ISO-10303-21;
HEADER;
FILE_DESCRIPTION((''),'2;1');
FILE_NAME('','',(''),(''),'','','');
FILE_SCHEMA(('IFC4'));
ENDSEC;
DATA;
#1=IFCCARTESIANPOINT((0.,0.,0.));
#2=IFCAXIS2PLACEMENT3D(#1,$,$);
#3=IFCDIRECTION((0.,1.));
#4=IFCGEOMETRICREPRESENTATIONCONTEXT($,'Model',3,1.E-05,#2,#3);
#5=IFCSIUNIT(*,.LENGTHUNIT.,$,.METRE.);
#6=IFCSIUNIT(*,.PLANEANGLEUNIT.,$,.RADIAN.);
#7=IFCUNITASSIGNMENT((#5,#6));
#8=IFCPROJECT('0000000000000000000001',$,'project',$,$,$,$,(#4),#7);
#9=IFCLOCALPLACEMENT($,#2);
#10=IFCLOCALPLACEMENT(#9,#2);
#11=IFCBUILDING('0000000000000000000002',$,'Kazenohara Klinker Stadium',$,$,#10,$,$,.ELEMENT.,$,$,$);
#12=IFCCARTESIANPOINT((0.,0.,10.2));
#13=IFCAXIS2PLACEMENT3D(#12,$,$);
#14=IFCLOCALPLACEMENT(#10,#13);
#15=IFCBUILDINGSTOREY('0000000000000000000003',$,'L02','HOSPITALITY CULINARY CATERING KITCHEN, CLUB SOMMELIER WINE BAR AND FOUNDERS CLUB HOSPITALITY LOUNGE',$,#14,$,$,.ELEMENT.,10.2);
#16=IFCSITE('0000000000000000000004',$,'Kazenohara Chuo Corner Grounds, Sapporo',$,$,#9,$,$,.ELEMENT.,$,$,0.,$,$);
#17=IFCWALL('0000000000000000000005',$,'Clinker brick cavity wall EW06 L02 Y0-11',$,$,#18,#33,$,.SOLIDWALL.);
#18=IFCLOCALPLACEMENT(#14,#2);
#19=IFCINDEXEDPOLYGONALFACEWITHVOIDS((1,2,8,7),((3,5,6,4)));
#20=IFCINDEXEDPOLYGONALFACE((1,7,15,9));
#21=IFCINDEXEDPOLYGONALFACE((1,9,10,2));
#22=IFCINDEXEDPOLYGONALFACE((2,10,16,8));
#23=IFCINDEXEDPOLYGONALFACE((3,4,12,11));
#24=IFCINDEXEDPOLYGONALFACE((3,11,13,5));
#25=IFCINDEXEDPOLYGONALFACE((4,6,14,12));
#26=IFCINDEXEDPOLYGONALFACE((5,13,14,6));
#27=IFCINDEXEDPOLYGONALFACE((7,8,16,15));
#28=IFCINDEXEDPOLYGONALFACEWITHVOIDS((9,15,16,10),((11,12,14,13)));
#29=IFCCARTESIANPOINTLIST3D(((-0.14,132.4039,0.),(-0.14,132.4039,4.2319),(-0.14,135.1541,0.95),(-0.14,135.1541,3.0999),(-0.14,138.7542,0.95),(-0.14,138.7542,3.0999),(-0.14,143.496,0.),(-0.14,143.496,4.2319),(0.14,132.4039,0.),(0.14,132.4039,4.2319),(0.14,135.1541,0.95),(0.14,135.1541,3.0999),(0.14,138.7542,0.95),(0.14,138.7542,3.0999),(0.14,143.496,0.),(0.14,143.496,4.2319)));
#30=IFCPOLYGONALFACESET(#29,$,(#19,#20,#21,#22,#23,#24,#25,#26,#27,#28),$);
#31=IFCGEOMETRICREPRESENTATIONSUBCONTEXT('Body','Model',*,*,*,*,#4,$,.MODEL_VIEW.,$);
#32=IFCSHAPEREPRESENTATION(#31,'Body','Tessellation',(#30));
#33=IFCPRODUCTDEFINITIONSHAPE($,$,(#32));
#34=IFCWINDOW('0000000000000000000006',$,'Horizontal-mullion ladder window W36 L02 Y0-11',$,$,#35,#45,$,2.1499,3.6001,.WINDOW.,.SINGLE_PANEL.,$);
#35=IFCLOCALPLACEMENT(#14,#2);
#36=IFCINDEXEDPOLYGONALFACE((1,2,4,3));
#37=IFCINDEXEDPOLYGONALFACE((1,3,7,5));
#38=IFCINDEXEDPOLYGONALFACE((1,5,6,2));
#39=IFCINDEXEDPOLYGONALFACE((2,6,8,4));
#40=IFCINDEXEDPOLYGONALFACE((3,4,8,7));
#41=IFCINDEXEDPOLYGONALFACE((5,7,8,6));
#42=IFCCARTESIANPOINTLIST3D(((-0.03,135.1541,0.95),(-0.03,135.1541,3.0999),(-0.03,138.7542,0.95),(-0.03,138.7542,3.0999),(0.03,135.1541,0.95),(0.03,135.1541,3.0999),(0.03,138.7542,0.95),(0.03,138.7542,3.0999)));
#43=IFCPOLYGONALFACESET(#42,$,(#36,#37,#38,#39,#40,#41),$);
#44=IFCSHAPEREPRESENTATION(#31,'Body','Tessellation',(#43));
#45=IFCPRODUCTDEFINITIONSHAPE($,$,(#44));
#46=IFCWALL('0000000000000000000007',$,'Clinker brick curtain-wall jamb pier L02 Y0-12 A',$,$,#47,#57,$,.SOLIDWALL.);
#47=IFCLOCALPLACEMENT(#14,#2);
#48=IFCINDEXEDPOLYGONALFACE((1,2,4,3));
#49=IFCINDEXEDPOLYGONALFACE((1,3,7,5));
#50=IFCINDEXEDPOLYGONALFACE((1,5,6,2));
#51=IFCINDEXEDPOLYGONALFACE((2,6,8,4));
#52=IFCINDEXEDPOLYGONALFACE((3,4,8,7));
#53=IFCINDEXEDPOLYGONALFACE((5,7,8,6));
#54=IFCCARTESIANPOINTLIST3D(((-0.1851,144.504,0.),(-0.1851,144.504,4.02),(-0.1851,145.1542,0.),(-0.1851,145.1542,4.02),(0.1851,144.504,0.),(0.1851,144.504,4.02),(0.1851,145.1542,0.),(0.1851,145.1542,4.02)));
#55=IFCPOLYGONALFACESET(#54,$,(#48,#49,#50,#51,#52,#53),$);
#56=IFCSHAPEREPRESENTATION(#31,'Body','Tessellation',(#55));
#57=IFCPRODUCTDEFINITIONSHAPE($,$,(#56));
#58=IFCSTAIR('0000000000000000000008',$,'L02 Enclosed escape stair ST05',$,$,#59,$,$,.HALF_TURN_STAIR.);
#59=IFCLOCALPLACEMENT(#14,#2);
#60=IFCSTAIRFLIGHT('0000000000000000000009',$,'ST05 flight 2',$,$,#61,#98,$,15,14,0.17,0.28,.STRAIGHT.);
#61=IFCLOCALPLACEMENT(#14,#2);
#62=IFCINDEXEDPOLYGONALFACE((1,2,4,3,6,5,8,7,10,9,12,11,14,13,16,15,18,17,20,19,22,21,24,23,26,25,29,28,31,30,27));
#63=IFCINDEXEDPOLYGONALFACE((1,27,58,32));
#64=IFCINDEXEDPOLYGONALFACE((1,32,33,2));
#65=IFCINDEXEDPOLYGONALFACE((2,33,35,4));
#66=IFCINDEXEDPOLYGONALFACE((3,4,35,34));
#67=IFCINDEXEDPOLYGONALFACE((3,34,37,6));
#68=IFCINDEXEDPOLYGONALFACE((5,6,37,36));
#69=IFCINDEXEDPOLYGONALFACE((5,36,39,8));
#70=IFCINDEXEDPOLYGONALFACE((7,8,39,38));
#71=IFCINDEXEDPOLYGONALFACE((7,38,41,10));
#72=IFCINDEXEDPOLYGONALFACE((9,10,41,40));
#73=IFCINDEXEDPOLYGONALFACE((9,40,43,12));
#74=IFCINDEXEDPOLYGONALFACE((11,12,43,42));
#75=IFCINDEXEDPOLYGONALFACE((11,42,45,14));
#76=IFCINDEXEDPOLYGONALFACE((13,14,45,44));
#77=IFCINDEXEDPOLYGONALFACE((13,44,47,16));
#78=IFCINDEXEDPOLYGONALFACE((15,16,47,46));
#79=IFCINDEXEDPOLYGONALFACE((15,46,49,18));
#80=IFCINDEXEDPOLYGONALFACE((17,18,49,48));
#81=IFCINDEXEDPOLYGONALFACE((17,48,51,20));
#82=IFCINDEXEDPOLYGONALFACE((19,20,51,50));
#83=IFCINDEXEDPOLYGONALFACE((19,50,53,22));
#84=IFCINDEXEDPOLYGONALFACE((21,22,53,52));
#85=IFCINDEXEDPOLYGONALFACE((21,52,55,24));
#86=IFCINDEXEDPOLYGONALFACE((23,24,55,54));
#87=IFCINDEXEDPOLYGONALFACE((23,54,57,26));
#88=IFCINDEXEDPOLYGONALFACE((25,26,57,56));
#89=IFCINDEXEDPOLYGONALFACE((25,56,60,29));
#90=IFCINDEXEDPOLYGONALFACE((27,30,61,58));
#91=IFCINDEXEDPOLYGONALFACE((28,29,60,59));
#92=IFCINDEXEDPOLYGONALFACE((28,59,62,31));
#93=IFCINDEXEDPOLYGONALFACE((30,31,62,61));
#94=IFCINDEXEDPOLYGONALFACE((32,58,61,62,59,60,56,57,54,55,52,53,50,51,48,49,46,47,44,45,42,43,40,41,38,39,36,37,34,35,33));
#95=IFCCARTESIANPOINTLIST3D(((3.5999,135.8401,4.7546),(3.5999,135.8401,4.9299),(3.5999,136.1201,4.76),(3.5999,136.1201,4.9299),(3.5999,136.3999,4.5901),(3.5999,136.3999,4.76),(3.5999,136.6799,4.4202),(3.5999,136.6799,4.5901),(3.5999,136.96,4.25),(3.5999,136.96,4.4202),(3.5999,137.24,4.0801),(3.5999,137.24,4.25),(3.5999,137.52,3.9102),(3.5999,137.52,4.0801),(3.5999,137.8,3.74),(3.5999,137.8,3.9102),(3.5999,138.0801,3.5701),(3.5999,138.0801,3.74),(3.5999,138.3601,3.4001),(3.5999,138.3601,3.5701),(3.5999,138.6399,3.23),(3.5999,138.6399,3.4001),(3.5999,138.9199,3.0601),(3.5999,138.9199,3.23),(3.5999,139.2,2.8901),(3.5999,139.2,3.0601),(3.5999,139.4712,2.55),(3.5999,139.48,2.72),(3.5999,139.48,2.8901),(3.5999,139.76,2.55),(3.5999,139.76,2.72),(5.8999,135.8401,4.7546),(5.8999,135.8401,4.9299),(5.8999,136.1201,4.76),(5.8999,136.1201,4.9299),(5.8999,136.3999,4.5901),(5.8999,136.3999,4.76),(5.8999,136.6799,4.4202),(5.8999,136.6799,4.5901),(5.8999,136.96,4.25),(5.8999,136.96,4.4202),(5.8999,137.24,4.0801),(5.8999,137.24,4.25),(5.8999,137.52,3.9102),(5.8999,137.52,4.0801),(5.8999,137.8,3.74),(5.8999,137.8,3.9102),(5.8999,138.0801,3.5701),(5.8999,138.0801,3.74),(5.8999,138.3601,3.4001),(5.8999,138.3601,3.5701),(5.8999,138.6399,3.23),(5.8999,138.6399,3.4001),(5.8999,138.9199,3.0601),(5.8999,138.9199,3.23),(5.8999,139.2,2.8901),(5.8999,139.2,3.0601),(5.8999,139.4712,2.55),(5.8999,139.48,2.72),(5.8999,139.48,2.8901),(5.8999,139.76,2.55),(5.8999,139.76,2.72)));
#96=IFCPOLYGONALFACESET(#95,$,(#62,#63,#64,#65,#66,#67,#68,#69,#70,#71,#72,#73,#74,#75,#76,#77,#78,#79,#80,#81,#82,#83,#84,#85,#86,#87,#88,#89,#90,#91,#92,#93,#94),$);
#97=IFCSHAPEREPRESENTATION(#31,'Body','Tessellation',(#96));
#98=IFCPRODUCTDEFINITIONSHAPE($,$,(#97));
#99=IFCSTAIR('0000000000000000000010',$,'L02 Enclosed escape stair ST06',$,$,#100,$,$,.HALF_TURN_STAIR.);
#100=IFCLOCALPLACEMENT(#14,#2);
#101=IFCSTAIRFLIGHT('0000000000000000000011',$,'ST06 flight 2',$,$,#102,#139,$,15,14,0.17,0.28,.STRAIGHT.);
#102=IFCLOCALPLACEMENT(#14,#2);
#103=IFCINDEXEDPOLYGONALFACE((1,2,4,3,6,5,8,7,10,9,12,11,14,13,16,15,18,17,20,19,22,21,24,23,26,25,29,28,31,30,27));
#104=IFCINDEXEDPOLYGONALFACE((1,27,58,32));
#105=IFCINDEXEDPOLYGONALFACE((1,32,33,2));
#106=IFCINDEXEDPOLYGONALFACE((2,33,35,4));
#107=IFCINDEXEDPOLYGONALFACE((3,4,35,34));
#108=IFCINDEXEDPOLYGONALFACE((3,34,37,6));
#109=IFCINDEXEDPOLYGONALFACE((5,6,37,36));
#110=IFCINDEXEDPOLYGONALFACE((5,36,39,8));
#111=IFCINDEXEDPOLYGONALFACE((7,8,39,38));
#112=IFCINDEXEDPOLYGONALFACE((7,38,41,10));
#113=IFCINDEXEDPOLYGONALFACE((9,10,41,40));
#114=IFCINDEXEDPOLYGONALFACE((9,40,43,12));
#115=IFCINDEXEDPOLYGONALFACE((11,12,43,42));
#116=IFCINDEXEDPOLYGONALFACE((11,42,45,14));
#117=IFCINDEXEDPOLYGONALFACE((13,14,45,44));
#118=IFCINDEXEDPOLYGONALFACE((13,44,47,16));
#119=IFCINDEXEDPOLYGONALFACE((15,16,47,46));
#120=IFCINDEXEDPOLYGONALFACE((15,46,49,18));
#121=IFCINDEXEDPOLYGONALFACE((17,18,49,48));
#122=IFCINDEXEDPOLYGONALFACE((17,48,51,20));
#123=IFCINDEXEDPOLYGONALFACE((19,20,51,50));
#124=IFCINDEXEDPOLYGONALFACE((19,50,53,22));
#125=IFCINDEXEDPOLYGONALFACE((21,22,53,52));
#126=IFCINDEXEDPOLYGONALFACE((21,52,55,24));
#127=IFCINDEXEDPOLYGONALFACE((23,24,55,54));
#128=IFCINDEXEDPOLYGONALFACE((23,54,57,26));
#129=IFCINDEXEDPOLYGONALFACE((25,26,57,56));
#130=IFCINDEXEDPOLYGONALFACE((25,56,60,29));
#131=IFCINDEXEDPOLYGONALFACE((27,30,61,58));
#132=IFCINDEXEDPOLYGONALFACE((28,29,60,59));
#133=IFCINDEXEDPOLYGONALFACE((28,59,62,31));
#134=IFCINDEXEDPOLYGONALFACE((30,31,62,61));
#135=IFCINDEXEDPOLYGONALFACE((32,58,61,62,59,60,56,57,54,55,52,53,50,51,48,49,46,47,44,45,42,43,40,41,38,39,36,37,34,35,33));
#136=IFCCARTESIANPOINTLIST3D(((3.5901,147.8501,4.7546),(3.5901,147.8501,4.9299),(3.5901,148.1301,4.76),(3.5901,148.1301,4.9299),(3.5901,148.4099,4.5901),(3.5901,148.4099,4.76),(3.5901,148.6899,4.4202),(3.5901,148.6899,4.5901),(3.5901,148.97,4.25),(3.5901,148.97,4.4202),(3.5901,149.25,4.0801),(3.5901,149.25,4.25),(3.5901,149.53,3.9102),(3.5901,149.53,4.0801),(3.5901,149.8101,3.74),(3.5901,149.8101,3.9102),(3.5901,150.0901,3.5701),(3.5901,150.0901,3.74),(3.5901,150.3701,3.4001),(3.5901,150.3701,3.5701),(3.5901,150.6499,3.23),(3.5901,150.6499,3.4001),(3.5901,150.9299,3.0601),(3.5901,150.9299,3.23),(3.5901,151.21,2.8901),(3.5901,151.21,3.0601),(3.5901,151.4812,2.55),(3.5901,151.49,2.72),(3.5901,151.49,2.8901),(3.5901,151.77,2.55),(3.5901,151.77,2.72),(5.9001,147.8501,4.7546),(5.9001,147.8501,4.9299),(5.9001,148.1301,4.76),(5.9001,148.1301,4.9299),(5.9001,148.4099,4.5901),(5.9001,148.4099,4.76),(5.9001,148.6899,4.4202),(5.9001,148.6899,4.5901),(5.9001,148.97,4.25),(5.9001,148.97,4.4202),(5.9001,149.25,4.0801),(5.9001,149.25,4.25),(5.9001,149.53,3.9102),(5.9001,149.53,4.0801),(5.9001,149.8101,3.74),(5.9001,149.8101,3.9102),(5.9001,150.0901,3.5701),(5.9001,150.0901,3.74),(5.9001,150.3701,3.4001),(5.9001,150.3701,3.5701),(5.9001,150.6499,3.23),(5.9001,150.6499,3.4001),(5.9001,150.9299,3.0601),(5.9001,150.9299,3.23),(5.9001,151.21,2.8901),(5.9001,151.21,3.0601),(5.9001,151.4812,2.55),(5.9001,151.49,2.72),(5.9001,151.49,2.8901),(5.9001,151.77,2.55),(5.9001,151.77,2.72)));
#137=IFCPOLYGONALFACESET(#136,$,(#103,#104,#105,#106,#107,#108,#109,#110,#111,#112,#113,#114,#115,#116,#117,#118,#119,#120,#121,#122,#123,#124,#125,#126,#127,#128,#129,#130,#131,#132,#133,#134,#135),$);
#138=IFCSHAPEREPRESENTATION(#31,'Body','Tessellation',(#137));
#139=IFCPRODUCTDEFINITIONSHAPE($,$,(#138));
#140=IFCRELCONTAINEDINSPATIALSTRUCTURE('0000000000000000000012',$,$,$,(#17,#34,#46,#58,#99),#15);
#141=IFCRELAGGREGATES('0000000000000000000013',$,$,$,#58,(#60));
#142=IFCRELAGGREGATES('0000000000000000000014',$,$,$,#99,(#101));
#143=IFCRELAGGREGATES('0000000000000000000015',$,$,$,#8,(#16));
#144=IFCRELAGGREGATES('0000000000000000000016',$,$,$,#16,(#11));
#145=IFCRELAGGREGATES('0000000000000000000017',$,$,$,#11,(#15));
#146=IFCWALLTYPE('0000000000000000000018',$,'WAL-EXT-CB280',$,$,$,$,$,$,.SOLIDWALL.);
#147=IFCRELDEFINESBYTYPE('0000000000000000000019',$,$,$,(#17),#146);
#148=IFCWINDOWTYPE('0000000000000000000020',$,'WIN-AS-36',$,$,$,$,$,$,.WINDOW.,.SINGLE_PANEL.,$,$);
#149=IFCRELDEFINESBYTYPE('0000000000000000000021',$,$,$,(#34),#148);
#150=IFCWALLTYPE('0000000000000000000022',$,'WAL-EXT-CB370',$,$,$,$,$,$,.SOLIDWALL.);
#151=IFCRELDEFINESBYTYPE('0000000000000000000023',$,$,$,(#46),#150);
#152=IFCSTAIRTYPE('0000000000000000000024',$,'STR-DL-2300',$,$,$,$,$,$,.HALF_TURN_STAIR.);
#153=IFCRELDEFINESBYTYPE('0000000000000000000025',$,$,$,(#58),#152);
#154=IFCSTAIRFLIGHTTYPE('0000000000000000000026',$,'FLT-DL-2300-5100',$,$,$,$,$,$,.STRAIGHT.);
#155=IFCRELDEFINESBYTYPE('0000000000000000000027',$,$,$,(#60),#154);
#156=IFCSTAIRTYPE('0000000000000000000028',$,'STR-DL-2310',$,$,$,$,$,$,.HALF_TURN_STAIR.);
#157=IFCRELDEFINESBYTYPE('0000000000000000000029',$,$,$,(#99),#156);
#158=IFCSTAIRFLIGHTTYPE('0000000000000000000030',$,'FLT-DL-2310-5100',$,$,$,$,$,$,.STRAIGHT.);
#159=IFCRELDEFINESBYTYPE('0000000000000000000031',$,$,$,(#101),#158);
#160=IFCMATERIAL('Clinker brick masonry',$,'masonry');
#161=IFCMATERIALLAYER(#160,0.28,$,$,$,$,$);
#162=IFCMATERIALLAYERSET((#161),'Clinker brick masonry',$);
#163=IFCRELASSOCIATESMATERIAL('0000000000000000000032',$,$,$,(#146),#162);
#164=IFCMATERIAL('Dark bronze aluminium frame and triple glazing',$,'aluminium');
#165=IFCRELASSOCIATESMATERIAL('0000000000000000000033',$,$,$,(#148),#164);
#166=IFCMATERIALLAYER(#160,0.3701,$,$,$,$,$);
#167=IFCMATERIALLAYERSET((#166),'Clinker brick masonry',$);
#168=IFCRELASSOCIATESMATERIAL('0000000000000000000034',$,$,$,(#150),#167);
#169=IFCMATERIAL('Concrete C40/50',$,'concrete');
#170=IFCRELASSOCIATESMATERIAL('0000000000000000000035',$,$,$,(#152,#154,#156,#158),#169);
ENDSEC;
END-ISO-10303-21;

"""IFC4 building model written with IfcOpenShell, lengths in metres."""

from ifc_helpers import new_model, si_unit, direction, frame, frame_2d, origin, place, context, subcontext, project, spatial, polyline, rectangle, outline, extrude, material, layer, layer_set, type_object, element, fill, aggregate, save


model = new_model("IFC4")

# Units and contexts
model_context = context("Model", 3, precision=1e-05, world=origin(), true_north=direction((0.0, 1.0)))
body_context = subcontext(model_context, "Body", "Model", "MODEL_VIEW")
ifc_project = project(units=[si_unit("LENGTHUNIT", "METRE"), si_unit("PLANEANGLEUNIT", "RADIAN")], contexts=[model_context])

# Site, building, storey
site_placement = place(None, origin())
site = spatial("IfcSite", under=ifc_project, at=site_placement, Name="Kazenohara Chuo Corner Grounds, Sapporo", CompositionType="ELEMENT", RefElevation=0.0)
building_placement = place(site_placement, origin())
building = spatial("IfcBuilding", under=site, at=building_placement, Name="Kazenohara Klinker Stadium", CompositionType="ELEMENT")
storey_placement = place(building_placement, frame((0.0, 0.0, 10.2)))
storey = spatial("IfcBuildingStorey", under=building, at=storey_placement, Name="L02", Description="HOSPITALITY CULINARY CATERING KITCHEN, CLUB SOMMELIER WINE BAR AND FOUNDERS CLUB HOSPITALITY LOUNGE", CompositionType="ELEMENT", Elevation=10.2)

# Shared definitions
ifc_material_1 = material(Name="Concrete C40/50", Category="concrete")

# Wall, opening, window
ifc_material_2 = material(Name="Clinker brick masonry", Category="masonry")
ifc_layer_1 = layer(ifc_material_2, 0.28)
ifc_layer_set_1 = layer_set([ifc_layer_1], Name="Clinker brick masonry")
wall_type_1 = type_object("IfcWallType", Name="WAL-EXT-CB280", PredefinedType="SOLIDWALL", material=ifc_layer_set_1)
wall_1_placement = place(storey_placement, frame((0.0, 132.4041, 0.0), z_axis=(0.0, 0.0, 1.0), x_axis=(0.0, 1.0, 0.0)))
wall_1 = element("IfcWall", 1, at=wall_1_placement, inside=storey, type_object=wall_type_1, Name="Clinker brick cavity wall EW06 L02 Y0-11", PredefinedType="SOLIDWALL", context=body_context, shape_type="SweptSolid", body=[
    extrude(rectangle(XDim=11.092, YDim=0.28, at=frame_2d((5.5459, 0.0))), origin(), (0.0, 0.0, 1.0), 4.2319),
])
opening_1_placement = place(wall_1_placement, frame((2.75, 0.0, 0.95)))
opening_1 = element("IfcOpeningElement", 2, at=opening_1_placement, cuts=wall_1, PredefinedType="OPENING", context=body_context, shape_type="SweptSolid", body=[
    extrude(rectangle(XDim=3.6001, YDim=2.1499, at=frame_2d((1.8, 1.075))), frame((0.0, 0.1499, 0.0), z_axis=(0.0, -1.0, 0.0), x_axis=(1.0, 0.0, 0.0)), (0.0, 0.0, 1.0), 0.3),
])
ifc_material_3 = material(Name="Dark bronze aluminium frame and triple glazing", Category="aluminium")
window_type = type_object("IfcWindowType", Name="WIN-AS-36", PartitioningType="SINGLE_PANEL", PredefinedType="WINDOW", material=ifc_material_3)
window_placement = place(opening_1_placement, origin())
window = element("IfcWindow", 3, at=window_placement, inside=storey, type_object=window_type, Name="Horizontal-mullion ladder window W36 L02 Y0-11", OverallHeight=2.1499, OverallWidth=3.6001, PartitioningType="SINGLE_PANEL", PredefinedType="WINDOW", context=body_context, shape_type="SweptSolid", body=[
    extrude(rectangle(XDim=3.6001, YDim=2.1499, at=frame_2d((1.8, 1.075))), frame((0.0, 0.03, 0.0), z_axis=(0.0, -1.0, 0.0), x_axis=(1.0, 0.0, 0.0)), (0.0, 0.0, 1.0), 0.0601),
])
fill(opening_1, window)

# Wall
ifc_layer_2 = layer(ifc_material_2, 0.3701)
ifc_layer_set_2 = layer_set([ifc_layer_2], Name="Clinker brick masonry")
wall_type_2 = type_object("IfcWallType", Name="WAL-EXT-CB370", PredefinedType="SOLIDWALL", material=ifc_layer_set_2)
wall_2_placement = place(storey_placement, frame((0.0, 144.5039, 0.0), z_axis=(0.0, 0.0, 1.0), x_axis=(0.0, 1.0, 0.0)))
element("IfcWall", 4, at=wall_2_placement, inside=storey, type_object=wall_type_2, Name="Clinker brick curtain-wall jamb pier L02 Y0-12 A", PredefinedType="SOLIDWALL", context=body_context, shape_type="SweptSolid", body=[
    extrude(rectangle(XDim=0.6501, YDim=0.3701, at=frame_2d((0.3252, 0.0))), origin(), (0.0, 0.0, 1.0), 4.02),
])

# Stairs, stair flights
stair_type_1 = type_object("IfcStairType", Name="STR-DL-2300", PredefinedType="HALF_TURN_STAIR", material=ifc_material_1)
stair_1_placement = place(storey_placement, origin())
stair_1 = element("IfcStair", 5, at=stair_1_placement, inside=storey, type_object=stair_type_1, Name="L02 Enclosed escape stair ST05", PredefinedType="HALF_TURN_STAIR")
stair_flight_type_1 = type_object("IfcStairFlightType", Name="FLT-DL-2300-5100", PredefinedType="STRAIGHT", material=ifc_material_1)
stair_flight_1_placement = place(storey_placement, frame((4.75, 139.76, 2.55), z_axis=(0.0, 0.0, 1.0), x_axis=(0.0, -1.0, 0.0)))
stair_flight_1 = element("IfcStairFlight", 6, at=stair_flight_1_placement, type_object=stair_flight_type_1, Name="ST05 flight 2", NumberOfRisers=15, NumberOfTreads=14, PredefinedType="STRAIGHT", RiserHeight=0.17, TreadLength=0.28, context=body_context, shape_type="SweptSolid", body=[
    extrude(outline(polyline([(0.0, 0.0), (0.0, 0.1699), (0.28, 0.1699), (0.28, 0.3401), (0.5601, 0.3401), (0.5601, 0.51), (0.8401, 0.51), (0.8401, 0.6799), (1.1201, 0.6799), (1.1201, 0.8501), (1.3999, 0.8501), (1.3999, 1.02), (1.6799, 1.02), (1.6799, 1.1899), (1.96, 1.1899), (1.96, 1.3601), (2.24, 1.3601), (2.24, 1.53), (2.52, 1.53), (2.52, 1.7), (2.8, 1.7), (2.8, 1.8701), (3.0801, 1.8701), (3.0801, 2.04), (3.3601, 2.04), (3.3601, 2.21), (3.6399, 2.21), (3.6399, 2.3799), (3.9199, 2.3799), (3.9199, 2.55), (3.9199, 2.2046), (0.2888, 0.0), (0.0, 0.0)])), frame((0.0, 1.1499, 0.0), z_axis=(0.0, -1.0, 0.0), x_axis=(1.0, 0.0, 0.0)), (0.0, 0.0, 1.0), 2.3),
])
aggregate(stair_1, [stair_flight_1])
stair_type_2 = type_object("IfcStairType", Name="STR-DL-2310", PredefinedType="HALF_TURN_STAIR", material=ifc_material_1)
stair_2_placement = place(storey_placement, origin())
stair_2 = element("IfcStair", 7, at=stair_2_placement, inside=storey, type_object=stair_type_2, Name="L02 Enclosed escape stair ST06", PredefinedType="HALF_TURN_STAIR")
stair_flight_type_2 = type_object("IfcStairFlightType", Name="FLT-DL-2310-5100", PredefinedType="STRAIGHT", material=ifc_material_1)
stair_flight_2_placement = place(storey_placement, frame((4.7451, 151.77, 2.55), z_axis=(0.0, 0.0, 1.0), x_axis=(0.0, -1.0, 0.0)))
stair_flight_2 = element("IfcStairFlight", 8, at=stair_flight_2_placement, type_object=stair_flight_type_2, Name="ST06 flight 2", NumberOfRisers=15, NumberOfTreads=14, PredefinedType="STRAIGHT", RiserHeight=0.17, TreadLength=0.28, context=body_context, shape_type="SweptSolid", body=[
    extrude(outline(polyline([(0.0, 0.0), (0.0, 0.1699), (0.28, 0.1699), (0.28, 0.3401), (0.5601, 0.3401), (0.5601, 0.51), (0.8401, 0.51), (0.8401, 0.6799), (1.1201, 0.6799), (1.1201, 0.8501), (1.3999, 0.8501), (1.3999, 1.02), (1.6799, 1.02), (1.6799, 1.1899), (1.96, 1.1899), (1.96, 1.3601), (2.24, 1.3601), (2.24, 1.53), (2.52, 1.53), (2.52, 1.7), (2.8, 1.7), (2.8, 1.8701), (3.0801, 1.8701), (3.0801, 2.04), (3.3601, 2.04), (3.3601, 2.21), (3.6399, 2.21), (3.6399, 2.3799), (3.9199, 2.3799), (3.9199, 2.55), (3.9199, 2.2046), (0.2888, 0.0), (0.0, 0.0)])), frame((0.0, 1.155, 0.0), z_axis=(0.0, -1.0, 0.0), x_axis=(1.0, 0.0, 0.0)), (0.0, 0.0, 1.0), 2.3101),
])
aggregate(stair_2, [stair_flight_2])

save(model, "model.ifc")
